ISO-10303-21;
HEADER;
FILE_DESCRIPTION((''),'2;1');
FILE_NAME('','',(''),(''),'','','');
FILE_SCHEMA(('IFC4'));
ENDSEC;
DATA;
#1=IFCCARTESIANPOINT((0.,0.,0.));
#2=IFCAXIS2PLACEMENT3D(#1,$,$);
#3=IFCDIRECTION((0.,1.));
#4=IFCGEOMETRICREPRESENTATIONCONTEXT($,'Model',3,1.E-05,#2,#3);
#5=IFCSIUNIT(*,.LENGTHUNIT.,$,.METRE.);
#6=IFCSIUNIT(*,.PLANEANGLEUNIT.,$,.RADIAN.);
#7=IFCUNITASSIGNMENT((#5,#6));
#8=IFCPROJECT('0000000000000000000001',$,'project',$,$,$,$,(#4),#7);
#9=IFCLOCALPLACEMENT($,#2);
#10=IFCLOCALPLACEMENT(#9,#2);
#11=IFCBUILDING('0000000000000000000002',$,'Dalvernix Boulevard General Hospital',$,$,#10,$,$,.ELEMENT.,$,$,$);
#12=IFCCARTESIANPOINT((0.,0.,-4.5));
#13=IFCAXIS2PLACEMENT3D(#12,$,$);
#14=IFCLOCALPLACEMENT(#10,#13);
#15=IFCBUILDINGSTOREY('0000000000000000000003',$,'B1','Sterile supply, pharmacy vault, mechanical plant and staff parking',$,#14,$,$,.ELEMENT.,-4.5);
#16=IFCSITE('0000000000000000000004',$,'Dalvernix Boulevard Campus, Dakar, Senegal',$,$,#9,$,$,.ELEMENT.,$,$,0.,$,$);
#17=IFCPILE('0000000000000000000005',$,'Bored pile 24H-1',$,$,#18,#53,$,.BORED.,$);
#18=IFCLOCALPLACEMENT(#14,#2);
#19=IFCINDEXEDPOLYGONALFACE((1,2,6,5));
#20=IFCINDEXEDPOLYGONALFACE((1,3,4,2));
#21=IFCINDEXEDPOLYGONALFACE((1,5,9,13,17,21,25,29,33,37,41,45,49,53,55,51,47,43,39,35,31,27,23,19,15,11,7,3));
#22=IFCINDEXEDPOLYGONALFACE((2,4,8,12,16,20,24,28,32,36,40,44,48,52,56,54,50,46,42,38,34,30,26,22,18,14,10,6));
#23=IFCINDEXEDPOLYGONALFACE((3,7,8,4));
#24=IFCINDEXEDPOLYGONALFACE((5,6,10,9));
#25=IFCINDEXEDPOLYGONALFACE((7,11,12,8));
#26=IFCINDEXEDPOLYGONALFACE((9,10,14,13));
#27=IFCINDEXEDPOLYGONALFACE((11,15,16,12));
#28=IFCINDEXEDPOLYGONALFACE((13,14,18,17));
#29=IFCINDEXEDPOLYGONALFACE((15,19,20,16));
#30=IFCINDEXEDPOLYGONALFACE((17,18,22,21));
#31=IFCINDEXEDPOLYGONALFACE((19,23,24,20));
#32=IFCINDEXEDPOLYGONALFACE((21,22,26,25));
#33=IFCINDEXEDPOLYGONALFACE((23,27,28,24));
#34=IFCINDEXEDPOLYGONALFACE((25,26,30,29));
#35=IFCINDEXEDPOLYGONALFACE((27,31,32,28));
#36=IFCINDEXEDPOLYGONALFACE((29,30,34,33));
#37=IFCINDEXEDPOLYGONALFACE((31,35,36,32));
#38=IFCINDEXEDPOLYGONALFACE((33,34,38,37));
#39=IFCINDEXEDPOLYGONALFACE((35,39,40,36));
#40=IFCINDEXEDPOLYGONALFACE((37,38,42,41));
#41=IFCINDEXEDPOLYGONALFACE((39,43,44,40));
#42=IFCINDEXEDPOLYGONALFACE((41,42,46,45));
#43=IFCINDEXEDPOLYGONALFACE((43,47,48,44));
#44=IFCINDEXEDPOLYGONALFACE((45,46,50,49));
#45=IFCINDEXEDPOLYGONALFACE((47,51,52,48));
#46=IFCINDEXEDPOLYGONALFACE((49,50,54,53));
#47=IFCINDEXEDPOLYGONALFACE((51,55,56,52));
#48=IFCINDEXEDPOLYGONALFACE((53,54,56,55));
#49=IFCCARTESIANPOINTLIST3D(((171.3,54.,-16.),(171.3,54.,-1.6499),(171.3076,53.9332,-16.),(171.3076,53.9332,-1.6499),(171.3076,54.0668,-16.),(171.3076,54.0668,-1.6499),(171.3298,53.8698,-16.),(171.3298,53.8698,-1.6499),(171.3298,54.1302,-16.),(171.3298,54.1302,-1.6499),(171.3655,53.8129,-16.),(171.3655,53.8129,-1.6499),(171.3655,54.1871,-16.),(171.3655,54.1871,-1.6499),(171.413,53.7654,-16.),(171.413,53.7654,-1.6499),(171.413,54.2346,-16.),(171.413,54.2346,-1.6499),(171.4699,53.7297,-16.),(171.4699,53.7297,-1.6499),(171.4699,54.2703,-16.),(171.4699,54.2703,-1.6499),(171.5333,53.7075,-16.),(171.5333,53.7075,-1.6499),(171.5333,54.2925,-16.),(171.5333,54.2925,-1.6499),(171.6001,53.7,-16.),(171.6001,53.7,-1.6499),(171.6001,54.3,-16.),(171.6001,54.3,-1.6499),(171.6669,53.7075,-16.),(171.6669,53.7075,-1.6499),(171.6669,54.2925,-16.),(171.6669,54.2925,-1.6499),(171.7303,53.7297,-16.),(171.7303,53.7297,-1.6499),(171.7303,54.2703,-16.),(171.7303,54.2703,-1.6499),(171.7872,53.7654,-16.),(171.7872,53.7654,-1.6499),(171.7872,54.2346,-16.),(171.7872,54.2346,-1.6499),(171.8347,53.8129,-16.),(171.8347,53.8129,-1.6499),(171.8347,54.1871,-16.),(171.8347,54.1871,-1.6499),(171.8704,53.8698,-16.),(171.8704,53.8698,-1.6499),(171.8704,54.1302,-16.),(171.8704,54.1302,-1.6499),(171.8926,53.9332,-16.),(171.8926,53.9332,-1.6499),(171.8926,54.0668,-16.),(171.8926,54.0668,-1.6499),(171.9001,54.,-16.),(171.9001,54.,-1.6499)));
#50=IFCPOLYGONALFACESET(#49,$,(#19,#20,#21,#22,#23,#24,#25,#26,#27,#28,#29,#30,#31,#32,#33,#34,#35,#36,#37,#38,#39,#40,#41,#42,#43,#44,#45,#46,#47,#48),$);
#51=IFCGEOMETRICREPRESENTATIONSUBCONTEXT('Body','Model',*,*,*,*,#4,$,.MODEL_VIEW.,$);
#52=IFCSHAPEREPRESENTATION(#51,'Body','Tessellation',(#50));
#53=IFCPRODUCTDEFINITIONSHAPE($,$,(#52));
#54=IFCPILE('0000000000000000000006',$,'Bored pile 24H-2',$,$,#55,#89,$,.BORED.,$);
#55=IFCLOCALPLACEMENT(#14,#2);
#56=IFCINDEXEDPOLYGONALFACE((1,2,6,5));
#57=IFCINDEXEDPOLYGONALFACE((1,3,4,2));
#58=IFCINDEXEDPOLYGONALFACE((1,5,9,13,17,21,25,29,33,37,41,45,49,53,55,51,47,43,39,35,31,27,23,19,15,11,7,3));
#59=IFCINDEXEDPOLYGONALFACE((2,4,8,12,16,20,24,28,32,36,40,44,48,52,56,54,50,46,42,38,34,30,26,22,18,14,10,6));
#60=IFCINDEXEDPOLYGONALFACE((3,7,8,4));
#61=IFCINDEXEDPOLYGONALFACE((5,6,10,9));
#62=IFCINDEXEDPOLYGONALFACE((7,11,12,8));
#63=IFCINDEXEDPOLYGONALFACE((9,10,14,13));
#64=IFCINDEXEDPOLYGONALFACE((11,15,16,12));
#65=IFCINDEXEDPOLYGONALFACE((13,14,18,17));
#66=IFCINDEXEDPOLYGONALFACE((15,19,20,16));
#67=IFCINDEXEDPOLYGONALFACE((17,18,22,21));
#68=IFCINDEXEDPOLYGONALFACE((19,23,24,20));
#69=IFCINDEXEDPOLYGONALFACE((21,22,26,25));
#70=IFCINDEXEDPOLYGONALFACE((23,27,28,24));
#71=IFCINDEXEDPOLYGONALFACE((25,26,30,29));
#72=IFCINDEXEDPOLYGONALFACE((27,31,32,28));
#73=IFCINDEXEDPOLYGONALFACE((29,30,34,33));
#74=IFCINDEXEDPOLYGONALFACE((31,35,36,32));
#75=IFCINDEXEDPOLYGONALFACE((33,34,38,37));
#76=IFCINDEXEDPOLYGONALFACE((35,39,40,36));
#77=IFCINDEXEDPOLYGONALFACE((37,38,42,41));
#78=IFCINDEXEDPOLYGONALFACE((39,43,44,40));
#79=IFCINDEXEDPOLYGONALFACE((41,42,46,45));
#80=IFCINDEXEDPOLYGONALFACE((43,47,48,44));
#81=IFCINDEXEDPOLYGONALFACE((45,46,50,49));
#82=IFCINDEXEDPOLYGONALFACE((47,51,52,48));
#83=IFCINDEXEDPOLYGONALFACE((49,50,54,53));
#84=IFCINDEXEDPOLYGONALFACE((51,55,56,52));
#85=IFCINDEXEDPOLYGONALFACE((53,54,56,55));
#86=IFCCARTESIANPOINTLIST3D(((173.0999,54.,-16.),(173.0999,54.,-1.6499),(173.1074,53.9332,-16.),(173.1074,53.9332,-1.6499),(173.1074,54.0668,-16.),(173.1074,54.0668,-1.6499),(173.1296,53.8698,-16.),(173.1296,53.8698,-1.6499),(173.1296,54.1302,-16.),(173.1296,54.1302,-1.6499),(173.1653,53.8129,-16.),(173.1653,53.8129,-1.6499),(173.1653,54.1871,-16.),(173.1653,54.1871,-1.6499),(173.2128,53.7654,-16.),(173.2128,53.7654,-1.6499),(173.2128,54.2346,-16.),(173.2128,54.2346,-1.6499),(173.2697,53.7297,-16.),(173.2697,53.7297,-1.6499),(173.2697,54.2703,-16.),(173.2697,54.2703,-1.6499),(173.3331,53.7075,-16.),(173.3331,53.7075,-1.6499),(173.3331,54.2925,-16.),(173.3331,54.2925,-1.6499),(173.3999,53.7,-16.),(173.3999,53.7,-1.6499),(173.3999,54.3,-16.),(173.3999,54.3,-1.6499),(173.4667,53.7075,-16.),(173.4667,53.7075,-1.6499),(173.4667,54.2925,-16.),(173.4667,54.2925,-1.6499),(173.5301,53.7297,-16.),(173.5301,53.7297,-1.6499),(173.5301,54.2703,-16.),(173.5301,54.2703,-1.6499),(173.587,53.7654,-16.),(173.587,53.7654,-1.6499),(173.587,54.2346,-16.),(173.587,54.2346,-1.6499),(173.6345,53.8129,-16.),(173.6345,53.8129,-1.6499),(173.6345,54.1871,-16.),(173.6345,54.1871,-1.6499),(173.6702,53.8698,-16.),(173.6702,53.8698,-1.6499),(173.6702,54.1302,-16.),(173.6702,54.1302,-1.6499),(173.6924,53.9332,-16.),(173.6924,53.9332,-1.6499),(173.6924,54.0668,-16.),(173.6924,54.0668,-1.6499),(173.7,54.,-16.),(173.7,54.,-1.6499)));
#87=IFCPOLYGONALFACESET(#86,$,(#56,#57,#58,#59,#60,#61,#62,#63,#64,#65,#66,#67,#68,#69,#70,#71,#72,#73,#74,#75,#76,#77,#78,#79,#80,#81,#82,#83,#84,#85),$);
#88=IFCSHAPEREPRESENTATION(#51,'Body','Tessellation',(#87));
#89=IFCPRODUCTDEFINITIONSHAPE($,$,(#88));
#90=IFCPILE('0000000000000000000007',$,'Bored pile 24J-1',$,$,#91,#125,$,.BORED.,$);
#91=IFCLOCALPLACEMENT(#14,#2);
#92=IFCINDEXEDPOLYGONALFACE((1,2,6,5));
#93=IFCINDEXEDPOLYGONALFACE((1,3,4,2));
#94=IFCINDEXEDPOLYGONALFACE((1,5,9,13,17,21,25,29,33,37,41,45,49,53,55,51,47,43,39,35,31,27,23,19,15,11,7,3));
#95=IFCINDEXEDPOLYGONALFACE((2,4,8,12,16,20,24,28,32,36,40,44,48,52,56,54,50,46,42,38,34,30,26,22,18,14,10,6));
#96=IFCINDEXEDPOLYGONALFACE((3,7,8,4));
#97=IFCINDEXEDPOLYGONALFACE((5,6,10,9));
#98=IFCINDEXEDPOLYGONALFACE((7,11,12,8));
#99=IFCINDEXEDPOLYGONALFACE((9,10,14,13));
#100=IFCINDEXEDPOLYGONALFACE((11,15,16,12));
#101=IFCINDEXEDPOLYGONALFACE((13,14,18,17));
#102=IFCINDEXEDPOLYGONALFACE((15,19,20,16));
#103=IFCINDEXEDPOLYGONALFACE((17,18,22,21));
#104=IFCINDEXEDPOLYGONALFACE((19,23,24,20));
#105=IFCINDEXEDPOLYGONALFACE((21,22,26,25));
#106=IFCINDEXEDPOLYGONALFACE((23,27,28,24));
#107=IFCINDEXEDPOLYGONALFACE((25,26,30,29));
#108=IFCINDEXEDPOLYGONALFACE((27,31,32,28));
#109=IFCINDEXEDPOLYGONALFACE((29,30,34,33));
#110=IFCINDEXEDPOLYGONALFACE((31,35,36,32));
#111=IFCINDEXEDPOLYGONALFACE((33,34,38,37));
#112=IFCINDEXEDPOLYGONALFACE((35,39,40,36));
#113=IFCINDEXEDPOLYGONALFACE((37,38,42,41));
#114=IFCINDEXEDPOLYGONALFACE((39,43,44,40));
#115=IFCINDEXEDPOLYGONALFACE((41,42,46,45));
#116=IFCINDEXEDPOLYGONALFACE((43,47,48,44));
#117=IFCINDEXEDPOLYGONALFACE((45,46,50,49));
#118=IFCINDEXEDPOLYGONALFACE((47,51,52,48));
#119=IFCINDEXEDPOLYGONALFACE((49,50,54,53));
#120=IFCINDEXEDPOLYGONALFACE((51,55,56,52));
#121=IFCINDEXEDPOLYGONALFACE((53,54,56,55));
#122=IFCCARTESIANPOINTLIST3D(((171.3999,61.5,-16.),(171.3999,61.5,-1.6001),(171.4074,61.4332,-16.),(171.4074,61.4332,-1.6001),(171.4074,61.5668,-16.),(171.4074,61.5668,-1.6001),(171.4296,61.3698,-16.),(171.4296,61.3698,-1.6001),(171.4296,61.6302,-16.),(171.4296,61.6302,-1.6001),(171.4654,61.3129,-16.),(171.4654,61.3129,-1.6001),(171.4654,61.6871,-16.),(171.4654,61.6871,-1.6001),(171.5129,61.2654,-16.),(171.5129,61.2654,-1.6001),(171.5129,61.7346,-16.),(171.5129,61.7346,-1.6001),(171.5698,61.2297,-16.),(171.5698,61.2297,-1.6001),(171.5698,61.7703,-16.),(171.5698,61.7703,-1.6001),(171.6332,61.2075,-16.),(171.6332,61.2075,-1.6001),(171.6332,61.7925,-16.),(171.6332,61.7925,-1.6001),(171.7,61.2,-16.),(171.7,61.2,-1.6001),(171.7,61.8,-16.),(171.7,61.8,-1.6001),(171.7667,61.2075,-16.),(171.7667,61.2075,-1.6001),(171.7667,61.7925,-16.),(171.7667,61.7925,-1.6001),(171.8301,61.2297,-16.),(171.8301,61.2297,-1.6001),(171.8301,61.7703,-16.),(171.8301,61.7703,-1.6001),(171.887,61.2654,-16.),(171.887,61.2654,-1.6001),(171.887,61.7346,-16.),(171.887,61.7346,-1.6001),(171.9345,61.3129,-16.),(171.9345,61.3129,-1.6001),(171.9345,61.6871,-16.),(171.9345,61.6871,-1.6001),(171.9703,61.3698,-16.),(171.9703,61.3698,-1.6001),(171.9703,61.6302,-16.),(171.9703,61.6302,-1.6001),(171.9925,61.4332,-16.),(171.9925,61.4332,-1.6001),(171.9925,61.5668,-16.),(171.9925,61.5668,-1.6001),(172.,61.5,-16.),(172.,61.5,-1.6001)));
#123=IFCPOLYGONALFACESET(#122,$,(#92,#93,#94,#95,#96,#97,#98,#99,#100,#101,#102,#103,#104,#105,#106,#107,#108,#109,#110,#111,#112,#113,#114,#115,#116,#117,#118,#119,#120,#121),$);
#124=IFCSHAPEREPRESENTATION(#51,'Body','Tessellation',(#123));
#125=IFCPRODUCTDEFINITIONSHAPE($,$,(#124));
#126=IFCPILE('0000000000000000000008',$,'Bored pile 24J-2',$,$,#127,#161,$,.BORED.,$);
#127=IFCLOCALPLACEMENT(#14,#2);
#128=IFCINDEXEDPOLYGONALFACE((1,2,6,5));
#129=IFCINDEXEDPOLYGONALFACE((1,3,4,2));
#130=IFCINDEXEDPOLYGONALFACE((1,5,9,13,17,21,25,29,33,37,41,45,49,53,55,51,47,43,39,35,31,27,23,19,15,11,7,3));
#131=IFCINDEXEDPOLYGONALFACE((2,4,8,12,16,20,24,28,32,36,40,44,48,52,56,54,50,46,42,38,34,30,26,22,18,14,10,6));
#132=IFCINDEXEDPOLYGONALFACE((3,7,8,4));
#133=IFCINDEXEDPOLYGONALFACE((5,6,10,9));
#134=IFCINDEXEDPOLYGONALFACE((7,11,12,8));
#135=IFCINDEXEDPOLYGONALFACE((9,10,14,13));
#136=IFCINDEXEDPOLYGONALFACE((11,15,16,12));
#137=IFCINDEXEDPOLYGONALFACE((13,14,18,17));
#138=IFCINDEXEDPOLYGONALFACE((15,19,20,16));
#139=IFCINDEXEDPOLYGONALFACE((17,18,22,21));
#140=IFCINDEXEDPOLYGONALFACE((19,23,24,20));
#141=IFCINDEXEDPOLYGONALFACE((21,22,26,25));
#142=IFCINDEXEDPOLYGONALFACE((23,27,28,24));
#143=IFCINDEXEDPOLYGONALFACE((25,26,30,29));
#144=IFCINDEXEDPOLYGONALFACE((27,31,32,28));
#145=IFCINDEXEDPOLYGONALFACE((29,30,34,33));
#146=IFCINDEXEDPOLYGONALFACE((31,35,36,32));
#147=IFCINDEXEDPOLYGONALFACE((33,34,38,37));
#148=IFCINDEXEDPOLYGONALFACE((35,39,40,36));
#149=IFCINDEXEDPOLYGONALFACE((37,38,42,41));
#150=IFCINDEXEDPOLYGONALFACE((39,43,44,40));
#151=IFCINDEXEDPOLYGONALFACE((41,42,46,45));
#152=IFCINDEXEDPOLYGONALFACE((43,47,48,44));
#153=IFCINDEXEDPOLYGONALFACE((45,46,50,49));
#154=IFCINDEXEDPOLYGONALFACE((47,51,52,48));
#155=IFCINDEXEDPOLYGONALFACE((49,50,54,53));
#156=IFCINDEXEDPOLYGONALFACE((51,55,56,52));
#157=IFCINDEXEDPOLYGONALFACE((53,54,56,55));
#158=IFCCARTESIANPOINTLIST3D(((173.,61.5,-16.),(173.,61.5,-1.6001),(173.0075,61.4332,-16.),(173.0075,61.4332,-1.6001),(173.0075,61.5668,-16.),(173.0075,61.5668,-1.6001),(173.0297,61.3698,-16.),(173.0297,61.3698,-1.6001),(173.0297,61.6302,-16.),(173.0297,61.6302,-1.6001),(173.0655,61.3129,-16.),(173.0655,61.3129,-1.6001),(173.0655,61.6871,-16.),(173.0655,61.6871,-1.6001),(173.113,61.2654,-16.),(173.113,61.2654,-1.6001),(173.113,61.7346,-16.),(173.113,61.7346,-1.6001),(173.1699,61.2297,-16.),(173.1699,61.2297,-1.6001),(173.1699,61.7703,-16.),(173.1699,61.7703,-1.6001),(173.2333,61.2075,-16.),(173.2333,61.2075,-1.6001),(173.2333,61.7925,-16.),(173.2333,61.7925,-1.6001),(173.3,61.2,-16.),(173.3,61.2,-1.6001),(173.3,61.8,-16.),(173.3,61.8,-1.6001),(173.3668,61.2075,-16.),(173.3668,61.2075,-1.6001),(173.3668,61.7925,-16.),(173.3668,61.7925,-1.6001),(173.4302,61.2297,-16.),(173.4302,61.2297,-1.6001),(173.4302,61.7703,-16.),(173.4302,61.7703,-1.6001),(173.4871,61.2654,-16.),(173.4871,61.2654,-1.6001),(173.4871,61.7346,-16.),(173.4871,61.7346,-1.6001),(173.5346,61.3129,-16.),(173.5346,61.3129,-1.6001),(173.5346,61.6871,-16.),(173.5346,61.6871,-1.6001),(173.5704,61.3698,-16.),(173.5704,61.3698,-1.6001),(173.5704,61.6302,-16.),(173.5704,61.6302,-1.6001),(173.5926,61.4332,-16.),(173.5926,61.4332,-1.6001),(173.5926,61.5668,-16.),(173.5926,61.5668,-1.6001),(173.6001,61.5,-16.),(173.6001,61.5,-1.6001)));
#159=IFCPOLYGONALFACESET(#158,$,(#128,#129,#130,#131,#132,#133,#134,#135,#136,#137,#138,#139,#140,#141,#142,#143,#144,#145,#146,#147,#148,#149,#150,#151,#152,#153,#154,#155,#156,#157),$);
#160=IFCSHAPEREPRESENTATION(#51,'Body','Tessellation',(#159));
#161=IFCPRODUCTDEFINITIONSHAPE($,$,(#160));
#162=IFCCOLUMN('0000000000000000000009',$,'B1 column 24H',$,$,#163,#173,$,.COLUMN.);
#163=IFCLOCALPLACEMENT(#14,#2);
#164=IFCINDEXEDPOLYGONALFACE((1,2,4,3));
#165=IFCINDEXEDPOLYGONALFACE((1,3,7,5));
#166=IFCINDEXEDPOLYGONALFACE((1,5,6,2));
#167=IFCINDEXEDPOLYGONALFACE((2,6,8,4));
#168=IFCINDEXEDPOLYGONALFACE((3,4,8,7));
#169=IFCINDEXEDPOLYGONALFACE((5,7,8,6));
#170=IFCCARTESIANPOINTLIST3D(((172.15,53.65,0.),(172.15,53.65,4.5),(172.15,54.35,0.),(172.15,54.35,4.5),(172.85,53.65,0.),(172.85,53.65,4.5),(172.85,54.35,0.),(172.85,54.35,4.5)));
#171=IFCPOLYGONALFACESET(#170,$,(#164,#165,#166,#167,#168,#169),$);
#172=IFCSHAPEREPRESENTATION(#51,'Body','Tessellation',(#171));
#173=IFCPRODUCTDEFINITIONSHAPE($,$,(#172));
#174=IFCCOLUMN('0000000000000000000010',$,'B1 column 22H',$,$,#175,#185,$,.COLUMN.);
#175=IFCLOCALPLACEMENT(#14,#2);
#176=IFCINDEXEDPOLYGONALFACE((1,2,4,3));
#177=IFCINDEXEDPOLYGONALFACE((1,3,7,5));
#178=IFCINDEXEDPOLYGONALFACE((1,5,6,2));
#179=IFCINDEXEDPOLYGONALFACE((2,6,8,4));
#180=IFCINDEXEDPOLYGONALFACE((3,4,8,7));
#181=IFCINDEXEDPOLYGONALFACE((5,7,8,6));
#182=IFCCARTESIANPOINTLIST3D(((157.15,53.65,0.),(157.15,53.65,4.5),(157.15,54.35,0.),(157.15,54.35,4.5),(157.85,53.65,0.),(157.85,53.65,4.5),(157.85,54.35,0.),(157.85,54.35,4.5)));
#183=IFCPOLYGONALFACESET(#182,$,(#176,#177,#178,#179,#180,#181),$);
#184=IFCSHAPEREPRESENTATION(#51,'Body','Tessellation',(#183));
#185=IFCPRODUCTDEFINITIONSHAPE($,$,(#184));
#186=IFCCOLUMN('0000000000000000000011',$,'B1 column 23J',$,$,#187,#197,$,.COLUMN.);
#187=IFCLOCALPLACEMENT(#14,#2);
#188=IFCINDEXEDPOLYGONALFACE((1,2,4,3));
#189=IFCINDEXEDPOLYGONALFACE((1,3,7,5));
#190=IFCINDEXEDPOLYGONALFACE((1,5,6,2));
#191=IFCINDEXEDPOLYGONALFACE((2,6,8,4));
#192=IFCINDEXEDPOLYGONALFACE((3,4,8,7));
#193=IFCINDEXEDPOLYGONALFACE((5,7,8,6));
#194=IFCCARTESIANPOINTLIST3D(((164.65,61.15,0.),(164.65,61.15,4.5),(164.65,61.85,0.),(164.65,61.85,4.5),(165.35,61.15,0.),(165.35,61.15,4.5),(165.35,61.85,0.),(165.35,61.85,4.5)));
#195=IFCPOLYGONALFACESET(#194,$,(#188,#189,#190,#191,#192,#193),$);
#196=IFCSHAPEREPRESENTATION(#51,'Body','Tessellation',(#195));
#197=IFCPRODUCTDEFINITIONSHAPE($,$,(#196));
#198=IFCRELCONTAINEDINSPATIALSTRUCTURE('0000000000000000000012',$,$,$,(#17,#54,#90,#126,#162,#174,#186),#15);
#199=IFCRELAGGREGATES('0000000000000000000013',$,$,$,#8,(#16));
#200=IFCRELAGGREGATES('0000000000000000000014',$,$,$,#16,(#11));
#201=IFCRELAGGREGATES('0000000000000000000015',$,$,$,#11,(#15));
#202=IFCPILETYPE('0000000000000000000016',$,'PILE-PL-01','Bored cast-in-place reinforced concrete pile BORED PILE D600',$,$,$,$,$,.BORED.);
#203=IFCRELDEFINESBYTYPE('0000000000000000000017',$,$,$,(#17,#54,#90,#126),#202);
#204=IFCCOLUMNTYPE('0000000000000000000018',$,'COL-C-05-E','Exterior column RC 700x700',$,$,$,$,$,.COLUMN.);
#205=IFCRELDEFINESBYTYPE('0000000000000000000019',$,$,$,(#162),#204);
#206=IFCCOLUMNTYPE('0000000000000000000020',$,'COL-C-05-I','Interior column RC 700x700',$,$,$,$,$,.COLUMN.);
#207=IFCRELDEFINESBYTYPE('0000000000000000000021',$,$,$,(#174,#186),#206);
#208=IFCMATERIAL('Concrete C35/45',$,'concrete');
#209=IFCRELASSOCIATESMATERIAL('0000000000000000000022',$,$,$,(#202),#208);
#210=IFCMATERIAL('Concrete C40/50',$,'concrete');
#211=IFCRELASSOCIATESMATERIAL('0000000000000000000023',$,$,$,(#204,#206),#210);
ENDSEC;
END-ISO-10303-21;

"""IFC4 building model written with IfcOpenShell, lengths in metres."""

from ifc_helpers import new_model, si_unit, direction, frame, origin, origin_2d, place, context, subcontext, project, spatial, rectangle, circle, extrude, material, material_profile, profile_set, type_object, element, save


model = new_model("IFC4")

# Units and contexts
model_context = context("Model", 3, precision=1e-05, world=origin(), true_north=direction((0.0, 1.0)))
body_context = subcontext(model_context, "Body", "Model", "MODEL_VIEW")
ifc_project = project(units=[si_unit("LENGTHUNIT", "METRE"), si_unit("PLANEANGLEUNIT", "RADIAN")], contexts=[model_context])

# Site, building, storey
site_placement = place(None, origin())
site = spatial("IfcSite", under=ifc_project, at=site_placement, Name="Dalvernix Boulevard Campus, Dakar, Senegal", CompositionType="ELEMENT", RefElevation=0.0)
building_placement = place(site_placement, origin())
building = spatial("IfcBuilding", under=site, at=building_placement, Name="Dalvernix Boulevard General Hospital", CompositionType="ELEMENT")
storey_placement = place(building_placement, frame((0.0, 0.0, -4.5)))
storey = spatial("IfcBuildingStorey", under=building, at=storey_placement, Name="B1", Description="Sterile supply, pharmacy vault, mechanical plant and staff parking", CompositionType="ELEMENT", Elevation=-4.5)

# Shared definitions
ifc_material_1 = material(Name="Concrete C35/45", Category="concrete")
ifc_material_2 = material(Name="Concrete C40/50", Category="concrete")

# Piles
ifc_material_profile_1 = material_profile(ifc_material_1, circle(Radius=0.3, at=origin_2d()), Name="BORED PILE D600")
ifc_profile_set_1 = profile_set([ifc_material_profile_1], Name="Concrete C35/45")
pile_type = type_object("IfcPileType", Name="PILE-PL-01", Description="Bored cast-in-place reinforced concrete pile BORED PILE D600", PredefinedType="BORED", material=ifc_profile_set_1)
for number, where, z_axis, x_axis, name in (
    (1, (171.6001, 54.0, -1.6499), (0.0, 0.0, -1.0), (1.0, 0.0, 0.0), "Bored pile 24H-1"),
    (2, (173.3999, 54.0, -1.6499), (0.0, 0.0, -1.0), (1.0, 0.0, 0.0), "Bored pile 24H-2"),
):
    element("IfcPile", number, at=place(storey_placement, frame(where, z_axis=z_axis, x_axis=x_axis)), inside=storey, type_object=pile_type, Name=name, PredefinedType="BORED", context=body_context, shape_type="SweptSolid", body=[
        extrude(circle(Radius=0.3, at=origin_2d()), origin(), (0.0, 0.0, 1.0), 14.3501),
    ])
for number, where, z_axis, x_axis, name in (
    (3, (171.7, 61.5, -1.6001), (0.0, 0.0, -1.0), (1.0, 0.0, 0.0), "Bored pile 24J-1"),
    (4, (173.3, 61.5, -1.6001), (0.0, 0.0, -1.0), (1.0, 0.0, 0.0), "Bored pile 24J-2"),
):
    element("IfcPile", number, at=place(storey_placement, frame(where, z_axis=z_axis, x_axis=x_axis)), inside=storey, type_object=pile_type, Name=name, PredefinedType="BORED", context=body_context, shape_type="SweptSolid", body=[
        extrude(circle(Radius=0.3, at=origin_2d()), origin(), (0.0, 0.0, 1.0), 14.3999),
    ])

# Columns
ifc_material_profile_2 = material_profile(ifc_material_2, rectangle(XDim=0.7, YDim=0.7, at=origin_2d()), Name="RC 700x700")
ifc_profile_set_2 = profile_set([ifc_material_profile_2], Name="Concrete C40/50")
column_type_1 = type_object("IfcColumnType", Name="COL-C-05-E", Description="Exterior column RC 700x700", PredefinedType="COLUMN", material=ifc_profile_set_2)
column_1_placement = place(storey_placement, frame((172.5, 54.0, 0.0), z_axis=(0.0, 0.0, 1.0), x_axis=(1.0, 0.0, 0.0)))
element("IfcColumn", 5, at=column_1_placement, inside=storey, type_object=column_type_1, Name="B1 column 24H", PredefinedType="COLUMN", context=body_context, shape_type="SweptSolid", body=[
    extrude(rectangle(XDim=0.7, YDim=0.7, at=origin_2d()), origin(), (0.0, 0.0, 1.0), 4.5),
])
ifc_material_profile_3 = material_profile(ifc_material_2, rectangle(XDim=0.7, YDim=0.7, at=origin_2d()), Name="RC 700x700")
ifc_profile_set_3 = profile_set([ifc_material_profile_3], Name="Concrete C40/50")
column_type_2 = type_object("IfcColumnType", Name="COL-C-05-I", Description="Interior column RC 700x700", PredefinedType="COLUMN", material=ifc_profile_set_3)
for number, where, z_axis, x_axis, name in (
    (6, (157.5, 54.0, 0.0), (0.0, 0.0, 1.0), (1.0, 0.0, 0.0), "B1 column 22H"),
    (7, (165.0, 61.5, 0.0), (0.0, 0.0, 1.0), (1.0, 0.0, 0.0), "B1 column 23J"),
):
    element("IfcColumn", number, at=place(storey_placement, frame(where, z_axis=z_axis, x_axis=x_axis)), inside=storey, type_object=column_type_2, Name=name, PredefinedType="COLUMN", context=body_context, shape_type="SweptSolid", body=[
        extrude(rectangle(XDim=0.7, YDim=0.7, at=origin_2d()), origin(), (0.0, 0.0, 1.0), 4.5),
    ])

save(model, "model.ifc")
